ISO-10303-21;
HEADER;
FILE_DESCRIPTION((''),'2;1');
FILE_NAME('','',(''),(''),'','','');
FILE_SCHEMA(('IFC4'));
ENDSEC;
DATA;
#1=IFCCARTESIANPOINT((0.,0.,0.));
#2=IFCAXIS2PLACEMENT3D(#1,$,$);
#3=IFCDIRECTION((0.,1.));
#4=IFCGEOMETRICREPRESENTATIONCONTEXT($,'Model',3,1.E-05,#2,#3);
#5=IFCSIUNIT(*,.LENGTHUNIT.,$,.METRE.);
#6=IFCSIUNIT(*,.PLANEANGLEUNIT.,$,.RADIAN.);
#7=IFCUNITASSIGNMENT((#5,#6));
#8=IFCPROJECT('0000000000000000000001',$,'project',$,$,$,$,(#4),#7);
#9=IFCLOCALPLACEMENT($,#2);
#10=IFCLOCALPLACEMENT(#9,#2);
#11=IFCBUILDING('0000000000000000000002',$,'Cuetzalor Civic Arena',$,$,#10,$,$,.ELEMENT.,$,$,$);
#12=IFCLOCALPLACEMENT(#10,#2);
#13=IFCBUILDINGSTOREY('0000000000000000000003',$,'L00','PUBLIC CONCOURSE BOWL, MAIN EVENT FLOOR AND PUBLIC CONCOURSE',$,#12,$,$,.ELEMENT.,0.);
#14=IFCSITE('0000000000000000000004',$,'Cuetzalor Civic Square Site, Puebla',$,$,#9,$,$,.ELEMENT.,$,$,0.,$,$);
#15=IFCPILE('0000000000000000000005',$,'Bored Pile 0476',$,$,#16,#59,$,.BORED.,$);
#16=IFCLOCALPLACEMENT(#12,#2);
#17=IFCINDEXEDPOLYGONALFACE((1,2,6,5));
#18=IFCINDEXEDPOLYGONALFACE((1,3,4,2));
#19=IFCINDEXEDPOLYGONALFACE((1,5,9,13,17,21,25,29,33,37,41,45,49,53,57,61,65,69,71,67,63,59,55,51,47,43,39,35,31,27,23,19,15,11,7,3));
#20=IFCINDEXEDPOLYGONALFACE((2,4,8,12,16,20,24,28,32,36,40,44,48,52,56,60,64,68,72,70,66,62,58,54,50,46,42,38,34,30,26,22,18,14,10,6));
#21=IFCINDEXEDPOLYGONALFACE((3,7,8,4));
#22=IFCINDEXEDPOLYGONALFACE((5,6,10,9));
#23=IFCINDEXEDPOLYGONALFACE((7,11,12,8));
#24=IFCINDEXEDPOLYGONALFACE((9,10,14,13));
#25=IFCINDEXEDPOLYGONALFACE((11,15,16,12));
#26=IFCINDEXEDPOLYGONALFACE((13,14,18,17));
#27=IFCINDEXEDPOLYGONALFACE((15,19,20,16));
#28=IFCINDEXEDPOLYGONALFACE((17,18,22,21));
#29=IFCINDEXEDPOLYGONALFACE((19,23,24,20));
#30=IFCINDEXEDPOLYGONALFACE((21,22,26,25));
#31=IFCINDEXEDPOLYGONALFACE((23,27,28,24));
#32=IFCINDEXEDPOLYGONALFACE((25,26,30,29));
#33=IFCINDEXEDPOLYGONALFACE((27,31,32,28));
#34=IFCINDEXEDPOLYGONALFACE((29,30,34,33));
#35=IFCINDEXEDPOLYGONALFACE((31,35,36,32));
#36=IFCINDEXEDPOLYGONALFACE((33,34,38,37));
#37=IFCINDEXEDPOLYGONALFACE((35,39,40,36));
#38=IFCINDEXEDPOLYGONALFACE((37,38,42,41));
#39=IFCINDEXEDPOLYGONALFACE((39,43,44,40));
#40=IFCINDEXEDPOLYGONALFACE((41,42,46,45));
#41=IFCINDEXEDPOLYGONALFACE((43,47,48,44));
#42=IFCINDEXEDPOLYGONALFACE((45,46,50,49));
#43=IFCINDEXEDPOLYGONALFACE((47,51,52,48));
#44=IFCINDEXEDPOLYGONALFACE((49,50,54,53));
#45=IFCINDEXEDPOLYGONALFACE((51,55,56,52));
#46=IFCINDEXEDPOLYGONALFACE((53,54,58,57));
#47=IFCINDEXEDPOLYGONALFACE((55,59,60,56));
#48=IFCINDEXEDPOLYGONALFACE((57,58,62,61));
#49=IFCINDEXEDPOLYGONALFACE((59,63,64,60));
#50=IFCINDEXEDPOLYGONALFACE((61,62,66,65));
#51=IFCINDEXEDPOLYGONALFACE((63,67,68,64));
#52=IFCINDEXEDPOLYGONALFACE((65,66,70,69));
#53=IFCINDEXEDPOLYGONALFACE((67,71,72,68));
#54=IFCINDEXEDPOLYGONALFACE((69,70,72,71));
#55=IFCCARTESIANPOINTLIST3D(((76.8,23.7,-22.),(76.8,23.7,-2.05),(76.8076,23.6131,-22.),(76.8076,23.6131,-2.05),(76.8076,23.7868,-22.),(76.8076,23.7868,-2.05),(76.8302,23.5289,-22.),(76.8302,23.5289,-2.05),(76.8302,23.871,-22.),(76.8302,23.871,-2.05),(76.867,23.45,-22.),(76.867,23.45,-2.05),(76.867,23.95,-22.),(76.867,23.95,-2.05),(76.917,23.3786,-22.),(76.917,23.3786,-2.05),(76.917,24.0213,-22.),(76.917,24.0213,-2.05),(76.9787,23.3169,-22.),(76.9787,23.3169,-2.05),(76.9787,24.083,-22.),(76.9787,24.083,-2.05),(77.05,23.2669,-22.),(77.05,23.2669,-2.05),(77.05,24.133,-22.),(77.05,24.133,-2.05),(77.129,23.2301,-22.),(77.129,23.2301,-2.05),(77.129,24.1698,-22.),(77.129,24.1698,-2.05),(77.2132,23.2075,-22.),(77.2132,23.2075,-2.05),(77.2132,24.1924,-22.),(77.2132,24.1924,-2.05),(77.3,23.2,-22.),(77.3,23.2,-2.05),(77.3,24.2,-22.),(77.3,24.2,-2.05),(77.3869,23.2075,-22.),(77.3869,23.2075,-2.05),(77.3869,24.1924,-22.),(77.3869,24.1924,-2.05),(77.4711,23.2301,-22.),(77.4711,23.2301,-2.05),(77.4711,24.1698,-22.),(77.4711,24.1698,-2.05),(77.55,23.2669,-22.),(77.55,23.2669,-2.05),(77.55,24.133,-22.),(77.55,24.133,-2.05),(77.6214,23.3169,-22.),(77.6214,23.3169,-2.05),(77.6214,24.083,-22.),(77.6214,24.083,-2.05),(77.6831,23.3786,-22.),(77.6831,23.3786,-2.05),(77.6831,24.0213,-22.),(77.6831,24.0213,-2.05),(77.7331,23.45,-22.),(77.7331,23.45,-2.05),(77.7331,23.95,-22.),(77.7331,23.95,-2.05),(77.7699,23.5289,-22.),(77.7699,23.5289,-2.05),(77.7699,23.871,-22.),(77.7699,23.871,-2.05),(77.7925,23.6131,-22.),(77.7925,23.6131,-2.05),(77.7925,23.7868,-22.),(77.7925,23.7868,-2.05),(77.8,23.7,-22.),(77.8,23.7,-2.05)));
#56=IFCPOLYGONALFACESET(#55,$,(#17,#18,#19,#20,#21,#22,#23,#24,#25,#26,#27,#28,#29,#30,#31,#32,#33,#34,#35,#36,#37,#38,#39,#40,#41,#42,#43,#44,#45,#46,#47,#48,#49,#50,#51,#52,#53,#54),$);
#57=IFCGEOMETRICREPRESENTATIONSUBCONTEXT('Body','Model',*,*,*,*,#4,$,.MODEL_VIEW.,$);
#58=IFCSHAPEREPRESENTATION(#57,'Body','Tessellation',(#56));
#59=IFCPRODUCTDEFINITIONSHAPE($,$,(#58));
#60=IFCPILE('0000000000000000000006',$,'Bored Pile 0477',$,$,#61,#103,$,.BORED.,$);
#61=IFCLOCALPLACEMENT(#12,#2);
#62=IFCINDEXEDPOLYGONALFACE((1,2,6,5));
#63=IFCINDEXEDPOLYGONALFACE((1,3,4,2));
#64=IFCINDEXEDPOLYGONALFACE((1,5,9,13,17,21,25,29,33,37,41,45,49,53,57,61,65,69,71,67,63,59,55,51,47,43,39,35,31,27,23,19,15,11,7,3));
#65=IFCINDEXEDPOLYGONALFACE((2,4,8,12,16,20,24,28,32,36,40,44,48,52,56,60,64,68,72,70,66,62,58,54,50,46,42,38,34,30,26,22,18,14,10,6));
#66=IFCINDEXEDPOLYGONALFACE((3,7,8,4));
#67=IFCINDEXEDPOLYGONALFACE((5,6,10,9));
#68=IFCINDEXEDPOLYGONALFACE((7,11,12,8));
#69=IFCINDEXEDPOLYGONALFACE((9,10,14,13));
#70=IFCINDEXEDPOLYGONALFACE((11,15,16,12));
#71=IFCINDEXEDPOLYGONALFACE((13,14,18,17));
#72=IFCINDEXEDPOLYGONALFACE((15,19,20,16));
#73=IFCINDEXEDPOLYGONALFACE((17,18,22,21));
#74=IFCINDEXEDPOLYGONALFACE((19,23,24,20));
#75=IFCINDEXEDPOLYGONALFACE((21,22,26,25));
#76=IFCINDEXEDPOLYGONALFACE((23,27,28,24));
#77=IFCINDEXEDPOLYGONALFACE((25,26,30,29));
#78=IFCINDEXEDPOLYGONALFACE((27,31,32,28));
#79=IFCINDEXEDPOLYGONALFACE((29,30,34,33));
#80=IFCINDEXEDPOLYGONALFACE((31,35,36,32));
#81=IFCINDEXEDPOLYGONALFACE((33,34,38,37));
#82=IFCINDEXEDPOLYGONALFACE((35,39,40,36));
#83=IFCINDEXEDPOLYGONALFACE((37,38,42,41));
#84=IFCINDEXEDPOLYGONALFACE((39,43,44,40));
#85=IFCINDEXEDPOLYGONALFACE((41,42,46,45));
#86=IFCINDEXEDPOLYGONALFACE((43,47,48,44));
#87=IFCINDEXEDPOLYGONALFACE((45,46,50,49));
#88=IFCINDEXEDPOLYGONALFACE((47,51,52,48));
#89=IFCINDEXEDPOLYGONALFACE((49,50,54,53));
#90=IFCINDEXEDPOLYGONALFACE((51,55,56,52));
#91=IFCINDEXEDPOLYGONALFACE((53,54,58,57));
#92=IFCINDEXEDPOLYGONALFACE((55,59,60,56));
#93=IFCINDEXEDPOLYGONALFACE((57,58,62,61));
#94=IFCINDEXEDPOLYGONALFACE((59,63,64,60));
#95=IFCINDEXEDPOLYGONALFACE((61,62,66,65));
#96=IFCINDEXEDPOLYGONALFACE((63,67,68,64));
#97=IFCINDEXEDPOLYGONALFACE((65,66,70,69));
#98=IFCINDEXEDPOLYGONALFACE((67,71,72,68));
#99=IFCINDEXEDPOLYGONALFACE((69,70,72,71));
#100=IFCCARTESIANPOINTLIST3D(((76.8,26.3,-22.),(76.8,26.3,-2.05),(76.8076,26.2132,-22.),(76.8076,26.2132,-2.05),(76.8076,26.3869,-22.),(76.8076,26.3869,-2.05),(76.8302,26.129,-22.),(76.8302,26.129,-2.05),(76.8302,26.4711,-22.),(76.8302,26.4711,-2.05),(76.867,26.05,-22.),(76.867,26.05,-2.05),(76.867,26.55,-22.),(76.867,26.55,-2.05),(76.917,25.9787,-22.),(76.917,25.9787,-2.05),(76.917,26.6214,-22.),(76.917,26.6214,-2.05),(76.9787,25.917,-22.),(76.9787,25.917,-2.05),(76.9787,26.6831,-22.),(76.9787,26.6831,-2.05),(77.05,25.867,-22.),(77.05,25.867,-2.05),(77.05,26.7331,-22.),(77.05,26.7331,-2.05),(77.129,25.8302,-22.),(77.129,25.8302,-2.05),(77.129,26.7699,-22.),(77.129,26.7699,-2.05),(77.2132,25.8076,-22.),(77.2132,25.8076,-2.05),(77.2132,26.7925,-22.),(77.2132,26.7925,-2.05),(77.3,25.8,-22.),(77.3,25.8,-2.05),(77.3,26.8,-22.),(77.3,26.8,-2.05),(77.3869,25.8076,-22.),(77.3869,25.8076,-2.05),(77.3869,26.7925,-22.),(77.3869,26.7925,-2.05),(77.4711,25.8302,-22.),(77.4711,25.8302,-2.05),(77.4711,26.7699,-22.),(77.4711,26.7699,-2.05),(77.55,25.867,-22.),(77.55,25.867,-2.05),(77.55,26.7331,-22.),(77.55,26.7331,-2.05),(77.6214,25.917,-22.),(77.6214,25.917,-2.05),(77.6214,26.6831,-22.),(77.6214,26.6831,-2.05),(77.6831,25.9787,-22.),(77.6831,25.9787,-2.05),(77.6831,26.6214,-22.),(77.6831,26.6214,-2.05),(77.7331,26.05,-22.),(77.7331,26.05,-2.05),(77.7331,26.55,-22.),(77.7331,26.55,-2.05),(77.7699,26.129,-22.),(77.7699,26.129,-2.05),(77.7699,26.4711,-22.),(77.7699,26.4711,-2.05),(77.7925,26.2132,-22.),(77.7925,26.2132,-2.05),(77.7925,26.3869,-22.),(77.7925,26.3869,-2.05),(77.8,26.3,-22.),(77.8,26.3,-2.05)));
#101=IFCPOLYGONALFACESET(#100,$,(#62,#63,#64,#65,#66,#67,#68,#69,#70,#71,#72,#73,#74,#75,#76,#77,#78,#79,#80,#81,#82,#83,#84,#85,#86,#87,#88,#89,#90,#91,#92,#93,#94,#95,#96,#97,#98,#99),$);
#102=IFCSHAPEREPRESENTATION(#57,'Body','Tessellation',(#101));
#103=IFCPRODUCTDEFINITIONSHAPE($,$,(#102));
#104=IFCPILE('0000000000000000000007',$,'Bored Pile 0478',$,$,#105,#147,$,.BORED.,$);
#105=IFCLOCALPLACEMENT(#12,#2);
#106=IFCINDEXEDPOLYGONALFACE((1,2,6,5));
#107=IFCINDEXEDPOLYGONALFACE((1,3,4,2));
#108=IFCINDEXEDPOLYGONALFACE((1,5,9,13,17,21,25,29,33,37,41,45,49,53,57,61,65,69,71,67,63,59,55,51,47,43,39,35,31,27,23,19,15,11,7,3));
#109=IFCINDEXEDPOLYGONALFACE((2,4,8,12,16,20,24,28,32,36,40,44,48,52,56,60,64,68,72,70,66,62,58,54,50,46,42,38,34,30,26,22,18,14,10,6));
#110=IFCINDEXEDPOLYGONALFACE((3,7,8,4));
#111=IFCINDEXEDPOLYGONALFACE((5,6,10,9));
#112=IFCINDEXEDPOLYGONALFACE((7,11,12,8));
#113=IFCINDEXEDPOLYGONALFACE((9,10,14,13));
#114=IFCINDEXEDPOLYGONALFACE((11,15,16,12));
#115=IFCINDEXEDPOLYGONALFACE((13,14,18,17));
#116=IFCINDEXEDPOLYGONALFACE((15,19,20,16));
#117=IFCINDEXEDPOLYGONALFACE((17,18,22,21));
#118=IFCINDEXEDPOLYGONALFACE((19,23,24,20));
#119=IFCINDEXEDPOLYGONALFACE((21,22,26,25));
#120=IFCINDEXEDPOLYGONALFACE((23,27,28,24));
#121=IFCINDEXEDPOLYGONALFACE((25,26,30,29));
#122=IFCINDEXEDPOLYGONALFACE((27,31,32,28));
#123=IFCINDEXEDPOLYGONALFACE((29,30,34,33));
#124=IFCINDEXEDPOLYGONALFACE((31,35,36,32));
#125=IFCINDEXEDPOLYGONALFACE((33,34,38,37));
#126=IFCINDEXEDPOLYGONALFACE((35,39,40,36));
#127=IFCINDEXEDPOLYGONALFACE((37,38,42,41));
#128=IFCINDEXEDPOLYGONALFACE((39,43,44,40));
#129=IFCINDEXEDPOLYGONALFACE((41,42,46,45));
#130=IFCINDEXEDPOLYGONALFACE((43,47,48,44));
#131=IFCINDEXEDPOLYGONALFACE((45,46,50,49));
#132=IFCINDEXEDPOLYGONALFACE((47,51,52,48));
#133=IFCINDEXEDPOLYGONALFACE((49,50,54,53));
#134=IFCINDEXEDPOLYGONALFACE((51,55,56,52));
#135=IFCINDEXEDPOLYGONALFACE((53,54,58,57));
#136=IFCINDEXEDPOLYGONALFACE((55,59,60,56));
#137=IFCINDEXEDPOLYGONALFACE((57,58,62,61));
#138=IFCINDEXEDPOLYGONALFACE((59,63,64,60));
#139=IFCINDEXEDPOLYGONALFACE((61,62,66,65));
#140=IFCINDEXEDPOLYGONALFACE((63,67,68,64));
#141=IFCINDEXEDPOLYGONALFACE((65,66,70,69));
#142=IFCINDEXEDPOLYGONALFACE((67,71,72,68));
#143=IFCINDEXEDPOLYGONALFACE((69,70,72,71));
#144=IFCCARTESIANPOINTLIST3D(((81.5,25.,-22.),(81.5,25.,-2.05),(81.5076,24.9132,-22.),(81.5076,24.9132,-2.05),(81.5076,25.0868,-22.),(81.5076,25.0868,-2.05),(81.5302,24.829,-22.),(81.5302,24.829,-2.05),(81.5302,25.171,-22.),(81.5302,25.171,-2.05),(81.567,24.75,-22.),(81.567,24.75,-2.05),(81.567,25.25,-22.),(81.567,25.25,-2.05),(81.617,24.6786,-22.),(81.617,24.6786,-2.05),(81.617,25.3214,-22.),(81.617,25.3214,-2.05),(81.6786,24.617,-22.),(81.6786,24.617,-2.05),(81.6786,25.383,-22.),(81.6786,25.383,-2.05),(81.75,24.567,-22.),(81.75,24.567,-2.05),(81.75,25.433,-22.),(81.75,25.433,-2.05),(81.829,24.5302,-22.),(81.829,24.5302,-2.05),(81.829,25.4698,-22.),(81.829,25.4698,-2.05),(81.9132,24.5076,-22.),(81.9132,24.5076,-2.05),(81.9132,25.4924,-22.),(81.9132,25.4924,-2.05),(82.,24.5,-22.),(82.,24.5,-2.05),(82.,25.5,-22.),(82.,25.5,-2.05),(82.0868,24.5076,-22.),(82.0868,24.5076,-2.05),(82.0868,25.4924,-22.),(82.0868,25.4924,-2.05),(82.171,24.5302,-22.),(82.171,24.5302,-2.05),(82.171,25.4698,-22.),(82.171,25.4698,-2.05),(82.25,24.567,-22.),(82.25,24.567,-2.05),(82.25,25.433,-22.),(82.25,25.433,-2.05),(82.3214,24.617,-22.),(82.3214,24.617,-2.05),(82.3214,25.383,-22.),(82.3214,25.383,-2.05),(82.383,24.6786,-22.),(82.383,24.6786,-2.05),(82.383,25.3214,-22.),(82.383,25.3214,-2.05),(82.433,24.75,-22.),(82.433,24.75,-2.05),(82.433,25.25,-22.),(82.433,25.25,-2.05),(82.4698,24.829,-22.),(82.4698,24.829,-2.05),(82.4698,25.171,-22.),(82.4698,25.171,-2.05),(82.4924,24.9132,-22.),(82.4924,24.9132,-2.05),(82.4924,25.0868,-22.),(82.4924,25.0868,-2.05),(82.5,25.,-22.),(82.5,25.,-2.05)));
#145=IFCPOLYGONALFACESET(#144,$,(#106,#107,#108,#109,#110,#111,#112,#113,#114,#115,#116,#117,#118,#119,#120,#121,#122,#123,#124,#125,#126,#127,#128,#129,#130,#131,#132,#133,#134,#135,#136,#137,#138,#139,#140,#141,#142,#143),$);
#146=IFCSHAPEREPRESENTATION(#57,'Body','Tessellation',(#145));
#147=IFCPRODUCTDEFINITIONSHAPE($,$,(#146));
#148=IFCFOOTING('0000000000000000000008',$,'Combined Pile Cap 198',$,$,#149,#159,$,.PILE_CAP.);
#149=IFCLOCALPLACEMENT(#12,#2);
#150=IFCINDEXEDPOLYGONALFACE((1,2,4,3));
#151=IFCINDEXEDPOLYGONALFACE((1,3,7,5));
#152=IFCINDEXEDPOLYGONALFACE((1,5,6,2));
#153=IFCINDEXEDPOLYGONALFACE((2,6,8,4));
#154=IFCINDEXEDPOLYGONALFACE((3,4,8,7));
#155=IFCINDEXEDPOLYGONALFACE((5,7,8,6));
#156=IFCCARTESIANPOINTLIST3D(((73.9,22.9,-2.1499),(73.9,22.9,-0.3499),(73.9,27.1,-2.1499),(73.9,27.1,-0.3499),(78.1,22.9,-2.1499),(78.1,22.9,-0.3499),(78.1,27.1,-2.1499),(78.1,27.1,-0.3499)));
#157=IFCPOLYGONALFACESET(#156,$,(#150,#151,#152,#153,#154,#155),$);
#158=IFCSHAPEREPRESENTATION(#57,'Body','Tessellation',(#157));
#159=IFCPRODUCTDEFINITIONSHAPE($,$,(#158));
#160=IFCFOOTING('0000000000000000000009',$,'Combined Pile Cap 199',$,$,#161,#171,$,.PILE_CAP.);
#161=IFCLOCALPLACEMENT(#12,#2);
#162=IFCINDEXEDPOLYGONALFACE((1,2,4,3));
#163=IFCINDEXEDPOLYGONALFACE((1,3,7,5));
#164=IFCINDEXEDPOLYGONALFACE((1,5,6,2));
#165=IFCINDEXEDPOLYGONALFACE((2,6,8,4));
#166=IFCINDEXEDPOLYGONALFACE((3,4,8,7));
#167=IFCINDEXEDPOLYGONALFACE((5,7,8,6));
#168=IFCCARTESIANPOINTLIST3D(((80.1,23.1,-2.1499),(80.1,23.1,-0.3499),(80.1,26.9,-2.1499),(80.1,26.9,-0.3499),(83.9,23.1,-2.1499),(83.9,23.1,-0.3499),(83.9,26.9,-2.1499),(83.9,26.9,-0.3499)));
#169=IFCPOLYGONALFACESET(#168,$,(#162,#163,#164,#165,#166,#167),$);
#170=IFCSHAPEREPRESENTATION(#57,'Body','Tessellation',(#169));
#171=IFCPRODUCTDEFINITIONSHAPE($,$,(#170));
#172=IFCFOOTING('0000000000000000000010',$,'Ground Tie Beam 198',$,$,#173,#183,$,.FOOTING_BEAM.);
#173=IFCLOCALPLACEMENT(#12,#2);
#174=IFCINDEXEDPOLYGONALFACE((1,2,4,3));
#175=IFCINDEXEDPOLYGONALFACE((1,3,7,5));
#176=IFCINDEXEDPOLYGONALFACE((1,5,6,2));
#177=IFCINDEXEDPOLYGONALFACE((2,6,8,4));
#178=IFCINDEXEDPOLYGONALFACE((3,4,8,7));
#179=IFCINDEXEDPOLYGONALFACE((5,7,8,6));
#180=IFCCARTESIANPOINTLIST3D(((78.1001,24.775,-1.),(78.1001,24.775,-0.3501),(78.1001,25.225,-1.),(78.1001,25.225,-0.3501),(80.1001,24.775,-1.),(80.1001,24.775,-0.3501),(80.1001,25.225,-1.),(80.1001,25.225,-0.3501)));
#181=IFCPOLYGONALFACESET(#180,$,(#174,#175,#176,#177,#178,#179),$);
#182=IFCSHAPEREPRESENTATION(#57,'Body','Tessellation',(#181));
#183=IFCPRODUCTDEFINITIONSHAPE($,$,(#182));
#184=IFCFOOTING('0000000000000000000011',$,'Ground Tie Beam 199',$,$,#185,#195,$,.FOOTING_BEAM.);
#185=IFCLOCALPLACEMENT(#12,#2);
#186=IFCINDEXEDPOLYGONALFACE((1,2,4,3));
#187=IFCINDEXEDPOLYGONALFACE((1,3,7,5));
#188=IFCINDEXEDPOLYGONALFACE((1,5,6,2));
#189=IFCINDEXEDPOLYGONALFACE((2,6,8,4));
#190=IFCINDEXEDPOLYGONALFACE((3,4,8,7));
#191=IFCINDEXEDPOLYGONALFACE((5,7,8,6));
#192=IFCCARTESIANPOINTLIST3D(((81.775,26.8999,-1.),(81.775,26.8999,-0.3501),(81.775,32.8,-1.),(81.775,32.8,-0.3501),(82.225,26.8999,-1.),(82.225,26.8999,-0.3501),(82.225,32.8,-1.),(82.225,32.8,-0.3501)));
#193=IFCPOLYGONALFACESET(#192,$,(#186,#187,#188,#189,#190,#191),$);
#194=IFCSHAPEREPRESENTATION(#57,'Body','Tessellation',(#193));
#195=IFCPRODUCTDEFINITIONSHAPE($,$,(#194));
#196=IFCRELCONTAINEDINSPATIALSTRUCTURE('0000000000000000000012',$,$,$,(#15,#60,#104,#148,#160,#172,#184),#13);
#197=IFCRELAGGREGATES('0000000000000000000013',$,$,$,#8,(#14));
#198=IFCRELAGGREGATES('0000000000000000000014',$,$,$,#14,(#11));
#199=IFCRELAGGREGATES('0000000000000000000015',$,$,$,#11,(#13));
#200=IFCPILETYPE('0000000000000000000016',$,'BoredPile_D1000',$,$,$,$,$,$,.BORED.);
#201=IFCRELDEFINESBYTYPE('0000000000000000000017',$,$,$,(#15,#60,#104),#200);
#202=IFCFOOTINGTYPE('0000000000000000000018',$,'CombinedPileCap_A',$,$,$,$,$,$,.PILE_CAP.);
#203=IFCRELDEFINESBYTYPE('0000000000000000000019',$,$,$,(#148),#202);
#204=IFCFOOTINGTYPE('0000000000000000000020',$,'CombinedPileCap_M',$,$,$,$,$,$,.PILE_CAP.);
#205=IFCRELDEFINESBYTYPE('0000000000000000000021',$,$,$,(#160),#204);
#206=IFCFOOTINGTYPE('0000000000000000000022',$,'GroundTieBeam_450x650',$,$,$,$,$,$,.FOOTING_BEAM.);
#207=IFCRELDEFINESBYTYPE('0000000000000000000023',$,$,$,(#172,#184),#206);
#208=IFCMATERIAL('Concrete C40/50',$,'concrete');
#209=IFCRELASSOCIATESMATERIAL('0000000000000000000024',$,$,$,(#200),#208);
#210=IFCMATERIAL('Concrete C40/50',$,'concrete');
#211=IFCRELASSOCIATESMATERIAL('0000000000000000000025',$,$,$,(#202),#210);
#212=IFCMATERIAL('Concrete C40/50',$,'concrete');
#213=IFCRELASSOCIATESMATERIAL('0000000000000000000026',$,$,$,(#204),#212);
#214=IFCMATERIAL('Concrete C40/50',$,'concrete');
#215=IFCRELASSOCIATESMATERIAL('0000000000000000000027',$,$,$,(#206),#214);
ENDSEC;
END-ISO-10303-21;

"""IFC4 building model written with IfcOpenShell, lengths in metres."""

from ifc_helpers import new_model, si_unit, direction, frame, origin, origin_2d, place, context, subcontext, project, spatial, rectangle, circle, extrude, material, material_profile, profile_set, type_object, element, save


model = new_model("IFC4")

# Units and contexts
model_context = context("Model", 3, precision=1e-05, world=origin(), true_north=direction((0.0, 1.0)))
body_context = subcontext(model_context, "Body", "Model", "MODEL_VIEW")
ifc_project = project(units=[si_unit("LENGTHUNIT", "METRE"), si_unit("PLANEANGLEUNIT", "RADIAN")], contexts=[model_context])

# Site, building, storey
site_placement = place(None, origin())
site = spatial("IfcSite", under=ifc_project, at=site_placement, Name="Cuetzalor Civic Square Site, Puebla", CompositionType="ELEMENT", RefElevation=0.0)
building_placement = place(site_placement, origin())
building = spatial("IfcBuilding", under=site, at=building_placement, Name="Cuetzalor Civic Arena", CompositionType="ELEMENT")
storey_placement = place(building_placement, origin())
storey = spatial("IfcBuildingStorey", under=building, at=storey_placement, Name="L00", Description="PUBLIC CONCOURSE BOWL, MAIN EVENT FLOOR AND PUBLIC CONCOURSE", CompositionType="ELEMENT", Elevation=0.0)

# Piles
ifc_material_1 = material(Name="Concrete C40/50", Category="concrete")
ifc_material_profile_1 = material_profile(ifc_material_1, circle(Radius=0.5, at=origin_2d()), Name="BORED PILE D1000")
ifc_profile_set_1 = profile_set([ifc_material_profile_1], Name="Concrete C40/50")
pile_type = type_object("IfcPileType", Name="BoredPile_D1000", PredefinedType="BORED", material=ifc_profile_set_1)
for number, where, z_axis, x_axis, name in (
    (1, (77.3, 23.7, -2.05), (0.0, 0.0, -1.0), (1.0, 0.0, 0.0), "Bored Pile 0476"),
    (2, (77.3, 26.3, -2.05), (0.0, 0.0, -1.0), (1.0, 0.0, 0.0), "Bored Pile 0477"),
    (3, (82.0, 25.0, -2.05), (0.0, 0.0, -1.0), (1.0, 0.0, 0.0), "Bored Pile 0478"),
):
    element("IfcPile", number, at=place(storey_placement, frame(where, z_axis=z_axis, x_axis=x_axis)), inside=storey, type_object=pile_type, Name=name, PredefinedType="BORED", context=body_context, shape_type="SweptSolid", body=[
        extrude(circle(Radius=0.5, at=origin_2d()), origin(), (0.0, 0.0, 1.0), 19.95),
    ])

# Footings
ifc_material_2 = material(Name="Concrete C40/50", Category="concrete")
footing_type_1 = type_object("IfcFootingType", Name="CombinedPileCap_A", PredefinedType="PILE_CAP", material=ifc_material_2)
footing_1_placement = place(storey_placement, frame((76.0, 25.0, -2.1499), z_axis=(0.0, 0.0, 1.0), x_axis=(1.0, 0.0, 0.0)))
element("IfcFooting", 4, at=footing_1_placement, inside=storey, type_object=footing_type_1, Name="Combined Pile Cap 198", PredefinedType="PILE_CAP", context=body_context, shape_type="SweptSolid", body=[
    extrude(rectangle(XDim=4.2, YDim=4.2, at=origin_2d()), origin(), (0.0, 0.0, 1.0), 1.8),
])
ifc_material_3 = material(Name="Concrete C40/50", Category="concrete")
footing_type_2 = type_object("IfcFootingType", Name="CombinedPileCap_M", PredefinedType="PILE_CAP", material=ifc_material_3)
footing_2_placement = place(storey_placement, frame((82.0, 25.0, -2.1499), z_axis=(0.0, 0.0, 1.0), x_axis=(1.0, 0.0, 0.0)))
element("IfcFooting", 5, at=footing_2_placement, inside=storey, type_object=footing_type_2, Name="Combined Pile Cap 199", PredefinedType="PILE_CAP", context=body_context, shape_type="SweptSolid", body=[
    extrude(rectangle(XDim=3.8, YDim=3.8, at=origin_2d()), origin(), (0.0, 0.0, 1.0), 1.8),
])
ifc_material_4 = material(Name="Concrete C40/50", Category="concrete")
ifc_material_profile_2 = material_profile(ifc_material_4, rectangle(XDim=0.45, YDim=0.6499, at=origin_2d()), Name="RC 450x650")
ifc_profile_set_2 = profile_set([ifc_material_profile_2], Name="Concrete C40/50")
footing_type_3 = type_object("IfcFootingType", Name="GroundTieBeam_450x650", PredefinedType="FOOTING_BEAM", material=ifc_profile_set_2)
footing_3_placement = place(storey_placement, frame((78.1001, 25.0, -0.675), z_axis=(1.0, 0.0, 0.0), x_axis=(0.0, 1.0, 0.0)))
element("IfcFooting", 6, at=footing_3_placement, inside=storey, type_object=footing_type_3, Name="Ground Tie Beam 198", PredefinedType="FOOTING_BEAM", context=body_context, shape_type="SweptSolid", body=[
    extrude(rectangle(XDim=0.45, YDim=0.6499, at=origin_2d()), origin(), (0.0, 0.0, 1.0), 2.0),
])
footing_4_placement = place(storey_placement, frame((82.0, 26.8999, -0.675), z_axis=(0.0, 1.0, 0.0), x_axis=(-1.0, 0.0, 0.0)))
element("IfcFooting", 7, at=footing_4_placement, inside=storey, type_object=footing_type_3, Name="Ground Tie Beam 199", PredefinedType="FOOTING_BEAM", context=body_context, shape_type="SweptSolid", body=[
    extrude(rectangle(XDim=0.45, YDim=0.6499, at=origin_2d()), origin(), (0.0, 0.0, 1.0), 5.9001),
])

save(model, "model.ifc")
